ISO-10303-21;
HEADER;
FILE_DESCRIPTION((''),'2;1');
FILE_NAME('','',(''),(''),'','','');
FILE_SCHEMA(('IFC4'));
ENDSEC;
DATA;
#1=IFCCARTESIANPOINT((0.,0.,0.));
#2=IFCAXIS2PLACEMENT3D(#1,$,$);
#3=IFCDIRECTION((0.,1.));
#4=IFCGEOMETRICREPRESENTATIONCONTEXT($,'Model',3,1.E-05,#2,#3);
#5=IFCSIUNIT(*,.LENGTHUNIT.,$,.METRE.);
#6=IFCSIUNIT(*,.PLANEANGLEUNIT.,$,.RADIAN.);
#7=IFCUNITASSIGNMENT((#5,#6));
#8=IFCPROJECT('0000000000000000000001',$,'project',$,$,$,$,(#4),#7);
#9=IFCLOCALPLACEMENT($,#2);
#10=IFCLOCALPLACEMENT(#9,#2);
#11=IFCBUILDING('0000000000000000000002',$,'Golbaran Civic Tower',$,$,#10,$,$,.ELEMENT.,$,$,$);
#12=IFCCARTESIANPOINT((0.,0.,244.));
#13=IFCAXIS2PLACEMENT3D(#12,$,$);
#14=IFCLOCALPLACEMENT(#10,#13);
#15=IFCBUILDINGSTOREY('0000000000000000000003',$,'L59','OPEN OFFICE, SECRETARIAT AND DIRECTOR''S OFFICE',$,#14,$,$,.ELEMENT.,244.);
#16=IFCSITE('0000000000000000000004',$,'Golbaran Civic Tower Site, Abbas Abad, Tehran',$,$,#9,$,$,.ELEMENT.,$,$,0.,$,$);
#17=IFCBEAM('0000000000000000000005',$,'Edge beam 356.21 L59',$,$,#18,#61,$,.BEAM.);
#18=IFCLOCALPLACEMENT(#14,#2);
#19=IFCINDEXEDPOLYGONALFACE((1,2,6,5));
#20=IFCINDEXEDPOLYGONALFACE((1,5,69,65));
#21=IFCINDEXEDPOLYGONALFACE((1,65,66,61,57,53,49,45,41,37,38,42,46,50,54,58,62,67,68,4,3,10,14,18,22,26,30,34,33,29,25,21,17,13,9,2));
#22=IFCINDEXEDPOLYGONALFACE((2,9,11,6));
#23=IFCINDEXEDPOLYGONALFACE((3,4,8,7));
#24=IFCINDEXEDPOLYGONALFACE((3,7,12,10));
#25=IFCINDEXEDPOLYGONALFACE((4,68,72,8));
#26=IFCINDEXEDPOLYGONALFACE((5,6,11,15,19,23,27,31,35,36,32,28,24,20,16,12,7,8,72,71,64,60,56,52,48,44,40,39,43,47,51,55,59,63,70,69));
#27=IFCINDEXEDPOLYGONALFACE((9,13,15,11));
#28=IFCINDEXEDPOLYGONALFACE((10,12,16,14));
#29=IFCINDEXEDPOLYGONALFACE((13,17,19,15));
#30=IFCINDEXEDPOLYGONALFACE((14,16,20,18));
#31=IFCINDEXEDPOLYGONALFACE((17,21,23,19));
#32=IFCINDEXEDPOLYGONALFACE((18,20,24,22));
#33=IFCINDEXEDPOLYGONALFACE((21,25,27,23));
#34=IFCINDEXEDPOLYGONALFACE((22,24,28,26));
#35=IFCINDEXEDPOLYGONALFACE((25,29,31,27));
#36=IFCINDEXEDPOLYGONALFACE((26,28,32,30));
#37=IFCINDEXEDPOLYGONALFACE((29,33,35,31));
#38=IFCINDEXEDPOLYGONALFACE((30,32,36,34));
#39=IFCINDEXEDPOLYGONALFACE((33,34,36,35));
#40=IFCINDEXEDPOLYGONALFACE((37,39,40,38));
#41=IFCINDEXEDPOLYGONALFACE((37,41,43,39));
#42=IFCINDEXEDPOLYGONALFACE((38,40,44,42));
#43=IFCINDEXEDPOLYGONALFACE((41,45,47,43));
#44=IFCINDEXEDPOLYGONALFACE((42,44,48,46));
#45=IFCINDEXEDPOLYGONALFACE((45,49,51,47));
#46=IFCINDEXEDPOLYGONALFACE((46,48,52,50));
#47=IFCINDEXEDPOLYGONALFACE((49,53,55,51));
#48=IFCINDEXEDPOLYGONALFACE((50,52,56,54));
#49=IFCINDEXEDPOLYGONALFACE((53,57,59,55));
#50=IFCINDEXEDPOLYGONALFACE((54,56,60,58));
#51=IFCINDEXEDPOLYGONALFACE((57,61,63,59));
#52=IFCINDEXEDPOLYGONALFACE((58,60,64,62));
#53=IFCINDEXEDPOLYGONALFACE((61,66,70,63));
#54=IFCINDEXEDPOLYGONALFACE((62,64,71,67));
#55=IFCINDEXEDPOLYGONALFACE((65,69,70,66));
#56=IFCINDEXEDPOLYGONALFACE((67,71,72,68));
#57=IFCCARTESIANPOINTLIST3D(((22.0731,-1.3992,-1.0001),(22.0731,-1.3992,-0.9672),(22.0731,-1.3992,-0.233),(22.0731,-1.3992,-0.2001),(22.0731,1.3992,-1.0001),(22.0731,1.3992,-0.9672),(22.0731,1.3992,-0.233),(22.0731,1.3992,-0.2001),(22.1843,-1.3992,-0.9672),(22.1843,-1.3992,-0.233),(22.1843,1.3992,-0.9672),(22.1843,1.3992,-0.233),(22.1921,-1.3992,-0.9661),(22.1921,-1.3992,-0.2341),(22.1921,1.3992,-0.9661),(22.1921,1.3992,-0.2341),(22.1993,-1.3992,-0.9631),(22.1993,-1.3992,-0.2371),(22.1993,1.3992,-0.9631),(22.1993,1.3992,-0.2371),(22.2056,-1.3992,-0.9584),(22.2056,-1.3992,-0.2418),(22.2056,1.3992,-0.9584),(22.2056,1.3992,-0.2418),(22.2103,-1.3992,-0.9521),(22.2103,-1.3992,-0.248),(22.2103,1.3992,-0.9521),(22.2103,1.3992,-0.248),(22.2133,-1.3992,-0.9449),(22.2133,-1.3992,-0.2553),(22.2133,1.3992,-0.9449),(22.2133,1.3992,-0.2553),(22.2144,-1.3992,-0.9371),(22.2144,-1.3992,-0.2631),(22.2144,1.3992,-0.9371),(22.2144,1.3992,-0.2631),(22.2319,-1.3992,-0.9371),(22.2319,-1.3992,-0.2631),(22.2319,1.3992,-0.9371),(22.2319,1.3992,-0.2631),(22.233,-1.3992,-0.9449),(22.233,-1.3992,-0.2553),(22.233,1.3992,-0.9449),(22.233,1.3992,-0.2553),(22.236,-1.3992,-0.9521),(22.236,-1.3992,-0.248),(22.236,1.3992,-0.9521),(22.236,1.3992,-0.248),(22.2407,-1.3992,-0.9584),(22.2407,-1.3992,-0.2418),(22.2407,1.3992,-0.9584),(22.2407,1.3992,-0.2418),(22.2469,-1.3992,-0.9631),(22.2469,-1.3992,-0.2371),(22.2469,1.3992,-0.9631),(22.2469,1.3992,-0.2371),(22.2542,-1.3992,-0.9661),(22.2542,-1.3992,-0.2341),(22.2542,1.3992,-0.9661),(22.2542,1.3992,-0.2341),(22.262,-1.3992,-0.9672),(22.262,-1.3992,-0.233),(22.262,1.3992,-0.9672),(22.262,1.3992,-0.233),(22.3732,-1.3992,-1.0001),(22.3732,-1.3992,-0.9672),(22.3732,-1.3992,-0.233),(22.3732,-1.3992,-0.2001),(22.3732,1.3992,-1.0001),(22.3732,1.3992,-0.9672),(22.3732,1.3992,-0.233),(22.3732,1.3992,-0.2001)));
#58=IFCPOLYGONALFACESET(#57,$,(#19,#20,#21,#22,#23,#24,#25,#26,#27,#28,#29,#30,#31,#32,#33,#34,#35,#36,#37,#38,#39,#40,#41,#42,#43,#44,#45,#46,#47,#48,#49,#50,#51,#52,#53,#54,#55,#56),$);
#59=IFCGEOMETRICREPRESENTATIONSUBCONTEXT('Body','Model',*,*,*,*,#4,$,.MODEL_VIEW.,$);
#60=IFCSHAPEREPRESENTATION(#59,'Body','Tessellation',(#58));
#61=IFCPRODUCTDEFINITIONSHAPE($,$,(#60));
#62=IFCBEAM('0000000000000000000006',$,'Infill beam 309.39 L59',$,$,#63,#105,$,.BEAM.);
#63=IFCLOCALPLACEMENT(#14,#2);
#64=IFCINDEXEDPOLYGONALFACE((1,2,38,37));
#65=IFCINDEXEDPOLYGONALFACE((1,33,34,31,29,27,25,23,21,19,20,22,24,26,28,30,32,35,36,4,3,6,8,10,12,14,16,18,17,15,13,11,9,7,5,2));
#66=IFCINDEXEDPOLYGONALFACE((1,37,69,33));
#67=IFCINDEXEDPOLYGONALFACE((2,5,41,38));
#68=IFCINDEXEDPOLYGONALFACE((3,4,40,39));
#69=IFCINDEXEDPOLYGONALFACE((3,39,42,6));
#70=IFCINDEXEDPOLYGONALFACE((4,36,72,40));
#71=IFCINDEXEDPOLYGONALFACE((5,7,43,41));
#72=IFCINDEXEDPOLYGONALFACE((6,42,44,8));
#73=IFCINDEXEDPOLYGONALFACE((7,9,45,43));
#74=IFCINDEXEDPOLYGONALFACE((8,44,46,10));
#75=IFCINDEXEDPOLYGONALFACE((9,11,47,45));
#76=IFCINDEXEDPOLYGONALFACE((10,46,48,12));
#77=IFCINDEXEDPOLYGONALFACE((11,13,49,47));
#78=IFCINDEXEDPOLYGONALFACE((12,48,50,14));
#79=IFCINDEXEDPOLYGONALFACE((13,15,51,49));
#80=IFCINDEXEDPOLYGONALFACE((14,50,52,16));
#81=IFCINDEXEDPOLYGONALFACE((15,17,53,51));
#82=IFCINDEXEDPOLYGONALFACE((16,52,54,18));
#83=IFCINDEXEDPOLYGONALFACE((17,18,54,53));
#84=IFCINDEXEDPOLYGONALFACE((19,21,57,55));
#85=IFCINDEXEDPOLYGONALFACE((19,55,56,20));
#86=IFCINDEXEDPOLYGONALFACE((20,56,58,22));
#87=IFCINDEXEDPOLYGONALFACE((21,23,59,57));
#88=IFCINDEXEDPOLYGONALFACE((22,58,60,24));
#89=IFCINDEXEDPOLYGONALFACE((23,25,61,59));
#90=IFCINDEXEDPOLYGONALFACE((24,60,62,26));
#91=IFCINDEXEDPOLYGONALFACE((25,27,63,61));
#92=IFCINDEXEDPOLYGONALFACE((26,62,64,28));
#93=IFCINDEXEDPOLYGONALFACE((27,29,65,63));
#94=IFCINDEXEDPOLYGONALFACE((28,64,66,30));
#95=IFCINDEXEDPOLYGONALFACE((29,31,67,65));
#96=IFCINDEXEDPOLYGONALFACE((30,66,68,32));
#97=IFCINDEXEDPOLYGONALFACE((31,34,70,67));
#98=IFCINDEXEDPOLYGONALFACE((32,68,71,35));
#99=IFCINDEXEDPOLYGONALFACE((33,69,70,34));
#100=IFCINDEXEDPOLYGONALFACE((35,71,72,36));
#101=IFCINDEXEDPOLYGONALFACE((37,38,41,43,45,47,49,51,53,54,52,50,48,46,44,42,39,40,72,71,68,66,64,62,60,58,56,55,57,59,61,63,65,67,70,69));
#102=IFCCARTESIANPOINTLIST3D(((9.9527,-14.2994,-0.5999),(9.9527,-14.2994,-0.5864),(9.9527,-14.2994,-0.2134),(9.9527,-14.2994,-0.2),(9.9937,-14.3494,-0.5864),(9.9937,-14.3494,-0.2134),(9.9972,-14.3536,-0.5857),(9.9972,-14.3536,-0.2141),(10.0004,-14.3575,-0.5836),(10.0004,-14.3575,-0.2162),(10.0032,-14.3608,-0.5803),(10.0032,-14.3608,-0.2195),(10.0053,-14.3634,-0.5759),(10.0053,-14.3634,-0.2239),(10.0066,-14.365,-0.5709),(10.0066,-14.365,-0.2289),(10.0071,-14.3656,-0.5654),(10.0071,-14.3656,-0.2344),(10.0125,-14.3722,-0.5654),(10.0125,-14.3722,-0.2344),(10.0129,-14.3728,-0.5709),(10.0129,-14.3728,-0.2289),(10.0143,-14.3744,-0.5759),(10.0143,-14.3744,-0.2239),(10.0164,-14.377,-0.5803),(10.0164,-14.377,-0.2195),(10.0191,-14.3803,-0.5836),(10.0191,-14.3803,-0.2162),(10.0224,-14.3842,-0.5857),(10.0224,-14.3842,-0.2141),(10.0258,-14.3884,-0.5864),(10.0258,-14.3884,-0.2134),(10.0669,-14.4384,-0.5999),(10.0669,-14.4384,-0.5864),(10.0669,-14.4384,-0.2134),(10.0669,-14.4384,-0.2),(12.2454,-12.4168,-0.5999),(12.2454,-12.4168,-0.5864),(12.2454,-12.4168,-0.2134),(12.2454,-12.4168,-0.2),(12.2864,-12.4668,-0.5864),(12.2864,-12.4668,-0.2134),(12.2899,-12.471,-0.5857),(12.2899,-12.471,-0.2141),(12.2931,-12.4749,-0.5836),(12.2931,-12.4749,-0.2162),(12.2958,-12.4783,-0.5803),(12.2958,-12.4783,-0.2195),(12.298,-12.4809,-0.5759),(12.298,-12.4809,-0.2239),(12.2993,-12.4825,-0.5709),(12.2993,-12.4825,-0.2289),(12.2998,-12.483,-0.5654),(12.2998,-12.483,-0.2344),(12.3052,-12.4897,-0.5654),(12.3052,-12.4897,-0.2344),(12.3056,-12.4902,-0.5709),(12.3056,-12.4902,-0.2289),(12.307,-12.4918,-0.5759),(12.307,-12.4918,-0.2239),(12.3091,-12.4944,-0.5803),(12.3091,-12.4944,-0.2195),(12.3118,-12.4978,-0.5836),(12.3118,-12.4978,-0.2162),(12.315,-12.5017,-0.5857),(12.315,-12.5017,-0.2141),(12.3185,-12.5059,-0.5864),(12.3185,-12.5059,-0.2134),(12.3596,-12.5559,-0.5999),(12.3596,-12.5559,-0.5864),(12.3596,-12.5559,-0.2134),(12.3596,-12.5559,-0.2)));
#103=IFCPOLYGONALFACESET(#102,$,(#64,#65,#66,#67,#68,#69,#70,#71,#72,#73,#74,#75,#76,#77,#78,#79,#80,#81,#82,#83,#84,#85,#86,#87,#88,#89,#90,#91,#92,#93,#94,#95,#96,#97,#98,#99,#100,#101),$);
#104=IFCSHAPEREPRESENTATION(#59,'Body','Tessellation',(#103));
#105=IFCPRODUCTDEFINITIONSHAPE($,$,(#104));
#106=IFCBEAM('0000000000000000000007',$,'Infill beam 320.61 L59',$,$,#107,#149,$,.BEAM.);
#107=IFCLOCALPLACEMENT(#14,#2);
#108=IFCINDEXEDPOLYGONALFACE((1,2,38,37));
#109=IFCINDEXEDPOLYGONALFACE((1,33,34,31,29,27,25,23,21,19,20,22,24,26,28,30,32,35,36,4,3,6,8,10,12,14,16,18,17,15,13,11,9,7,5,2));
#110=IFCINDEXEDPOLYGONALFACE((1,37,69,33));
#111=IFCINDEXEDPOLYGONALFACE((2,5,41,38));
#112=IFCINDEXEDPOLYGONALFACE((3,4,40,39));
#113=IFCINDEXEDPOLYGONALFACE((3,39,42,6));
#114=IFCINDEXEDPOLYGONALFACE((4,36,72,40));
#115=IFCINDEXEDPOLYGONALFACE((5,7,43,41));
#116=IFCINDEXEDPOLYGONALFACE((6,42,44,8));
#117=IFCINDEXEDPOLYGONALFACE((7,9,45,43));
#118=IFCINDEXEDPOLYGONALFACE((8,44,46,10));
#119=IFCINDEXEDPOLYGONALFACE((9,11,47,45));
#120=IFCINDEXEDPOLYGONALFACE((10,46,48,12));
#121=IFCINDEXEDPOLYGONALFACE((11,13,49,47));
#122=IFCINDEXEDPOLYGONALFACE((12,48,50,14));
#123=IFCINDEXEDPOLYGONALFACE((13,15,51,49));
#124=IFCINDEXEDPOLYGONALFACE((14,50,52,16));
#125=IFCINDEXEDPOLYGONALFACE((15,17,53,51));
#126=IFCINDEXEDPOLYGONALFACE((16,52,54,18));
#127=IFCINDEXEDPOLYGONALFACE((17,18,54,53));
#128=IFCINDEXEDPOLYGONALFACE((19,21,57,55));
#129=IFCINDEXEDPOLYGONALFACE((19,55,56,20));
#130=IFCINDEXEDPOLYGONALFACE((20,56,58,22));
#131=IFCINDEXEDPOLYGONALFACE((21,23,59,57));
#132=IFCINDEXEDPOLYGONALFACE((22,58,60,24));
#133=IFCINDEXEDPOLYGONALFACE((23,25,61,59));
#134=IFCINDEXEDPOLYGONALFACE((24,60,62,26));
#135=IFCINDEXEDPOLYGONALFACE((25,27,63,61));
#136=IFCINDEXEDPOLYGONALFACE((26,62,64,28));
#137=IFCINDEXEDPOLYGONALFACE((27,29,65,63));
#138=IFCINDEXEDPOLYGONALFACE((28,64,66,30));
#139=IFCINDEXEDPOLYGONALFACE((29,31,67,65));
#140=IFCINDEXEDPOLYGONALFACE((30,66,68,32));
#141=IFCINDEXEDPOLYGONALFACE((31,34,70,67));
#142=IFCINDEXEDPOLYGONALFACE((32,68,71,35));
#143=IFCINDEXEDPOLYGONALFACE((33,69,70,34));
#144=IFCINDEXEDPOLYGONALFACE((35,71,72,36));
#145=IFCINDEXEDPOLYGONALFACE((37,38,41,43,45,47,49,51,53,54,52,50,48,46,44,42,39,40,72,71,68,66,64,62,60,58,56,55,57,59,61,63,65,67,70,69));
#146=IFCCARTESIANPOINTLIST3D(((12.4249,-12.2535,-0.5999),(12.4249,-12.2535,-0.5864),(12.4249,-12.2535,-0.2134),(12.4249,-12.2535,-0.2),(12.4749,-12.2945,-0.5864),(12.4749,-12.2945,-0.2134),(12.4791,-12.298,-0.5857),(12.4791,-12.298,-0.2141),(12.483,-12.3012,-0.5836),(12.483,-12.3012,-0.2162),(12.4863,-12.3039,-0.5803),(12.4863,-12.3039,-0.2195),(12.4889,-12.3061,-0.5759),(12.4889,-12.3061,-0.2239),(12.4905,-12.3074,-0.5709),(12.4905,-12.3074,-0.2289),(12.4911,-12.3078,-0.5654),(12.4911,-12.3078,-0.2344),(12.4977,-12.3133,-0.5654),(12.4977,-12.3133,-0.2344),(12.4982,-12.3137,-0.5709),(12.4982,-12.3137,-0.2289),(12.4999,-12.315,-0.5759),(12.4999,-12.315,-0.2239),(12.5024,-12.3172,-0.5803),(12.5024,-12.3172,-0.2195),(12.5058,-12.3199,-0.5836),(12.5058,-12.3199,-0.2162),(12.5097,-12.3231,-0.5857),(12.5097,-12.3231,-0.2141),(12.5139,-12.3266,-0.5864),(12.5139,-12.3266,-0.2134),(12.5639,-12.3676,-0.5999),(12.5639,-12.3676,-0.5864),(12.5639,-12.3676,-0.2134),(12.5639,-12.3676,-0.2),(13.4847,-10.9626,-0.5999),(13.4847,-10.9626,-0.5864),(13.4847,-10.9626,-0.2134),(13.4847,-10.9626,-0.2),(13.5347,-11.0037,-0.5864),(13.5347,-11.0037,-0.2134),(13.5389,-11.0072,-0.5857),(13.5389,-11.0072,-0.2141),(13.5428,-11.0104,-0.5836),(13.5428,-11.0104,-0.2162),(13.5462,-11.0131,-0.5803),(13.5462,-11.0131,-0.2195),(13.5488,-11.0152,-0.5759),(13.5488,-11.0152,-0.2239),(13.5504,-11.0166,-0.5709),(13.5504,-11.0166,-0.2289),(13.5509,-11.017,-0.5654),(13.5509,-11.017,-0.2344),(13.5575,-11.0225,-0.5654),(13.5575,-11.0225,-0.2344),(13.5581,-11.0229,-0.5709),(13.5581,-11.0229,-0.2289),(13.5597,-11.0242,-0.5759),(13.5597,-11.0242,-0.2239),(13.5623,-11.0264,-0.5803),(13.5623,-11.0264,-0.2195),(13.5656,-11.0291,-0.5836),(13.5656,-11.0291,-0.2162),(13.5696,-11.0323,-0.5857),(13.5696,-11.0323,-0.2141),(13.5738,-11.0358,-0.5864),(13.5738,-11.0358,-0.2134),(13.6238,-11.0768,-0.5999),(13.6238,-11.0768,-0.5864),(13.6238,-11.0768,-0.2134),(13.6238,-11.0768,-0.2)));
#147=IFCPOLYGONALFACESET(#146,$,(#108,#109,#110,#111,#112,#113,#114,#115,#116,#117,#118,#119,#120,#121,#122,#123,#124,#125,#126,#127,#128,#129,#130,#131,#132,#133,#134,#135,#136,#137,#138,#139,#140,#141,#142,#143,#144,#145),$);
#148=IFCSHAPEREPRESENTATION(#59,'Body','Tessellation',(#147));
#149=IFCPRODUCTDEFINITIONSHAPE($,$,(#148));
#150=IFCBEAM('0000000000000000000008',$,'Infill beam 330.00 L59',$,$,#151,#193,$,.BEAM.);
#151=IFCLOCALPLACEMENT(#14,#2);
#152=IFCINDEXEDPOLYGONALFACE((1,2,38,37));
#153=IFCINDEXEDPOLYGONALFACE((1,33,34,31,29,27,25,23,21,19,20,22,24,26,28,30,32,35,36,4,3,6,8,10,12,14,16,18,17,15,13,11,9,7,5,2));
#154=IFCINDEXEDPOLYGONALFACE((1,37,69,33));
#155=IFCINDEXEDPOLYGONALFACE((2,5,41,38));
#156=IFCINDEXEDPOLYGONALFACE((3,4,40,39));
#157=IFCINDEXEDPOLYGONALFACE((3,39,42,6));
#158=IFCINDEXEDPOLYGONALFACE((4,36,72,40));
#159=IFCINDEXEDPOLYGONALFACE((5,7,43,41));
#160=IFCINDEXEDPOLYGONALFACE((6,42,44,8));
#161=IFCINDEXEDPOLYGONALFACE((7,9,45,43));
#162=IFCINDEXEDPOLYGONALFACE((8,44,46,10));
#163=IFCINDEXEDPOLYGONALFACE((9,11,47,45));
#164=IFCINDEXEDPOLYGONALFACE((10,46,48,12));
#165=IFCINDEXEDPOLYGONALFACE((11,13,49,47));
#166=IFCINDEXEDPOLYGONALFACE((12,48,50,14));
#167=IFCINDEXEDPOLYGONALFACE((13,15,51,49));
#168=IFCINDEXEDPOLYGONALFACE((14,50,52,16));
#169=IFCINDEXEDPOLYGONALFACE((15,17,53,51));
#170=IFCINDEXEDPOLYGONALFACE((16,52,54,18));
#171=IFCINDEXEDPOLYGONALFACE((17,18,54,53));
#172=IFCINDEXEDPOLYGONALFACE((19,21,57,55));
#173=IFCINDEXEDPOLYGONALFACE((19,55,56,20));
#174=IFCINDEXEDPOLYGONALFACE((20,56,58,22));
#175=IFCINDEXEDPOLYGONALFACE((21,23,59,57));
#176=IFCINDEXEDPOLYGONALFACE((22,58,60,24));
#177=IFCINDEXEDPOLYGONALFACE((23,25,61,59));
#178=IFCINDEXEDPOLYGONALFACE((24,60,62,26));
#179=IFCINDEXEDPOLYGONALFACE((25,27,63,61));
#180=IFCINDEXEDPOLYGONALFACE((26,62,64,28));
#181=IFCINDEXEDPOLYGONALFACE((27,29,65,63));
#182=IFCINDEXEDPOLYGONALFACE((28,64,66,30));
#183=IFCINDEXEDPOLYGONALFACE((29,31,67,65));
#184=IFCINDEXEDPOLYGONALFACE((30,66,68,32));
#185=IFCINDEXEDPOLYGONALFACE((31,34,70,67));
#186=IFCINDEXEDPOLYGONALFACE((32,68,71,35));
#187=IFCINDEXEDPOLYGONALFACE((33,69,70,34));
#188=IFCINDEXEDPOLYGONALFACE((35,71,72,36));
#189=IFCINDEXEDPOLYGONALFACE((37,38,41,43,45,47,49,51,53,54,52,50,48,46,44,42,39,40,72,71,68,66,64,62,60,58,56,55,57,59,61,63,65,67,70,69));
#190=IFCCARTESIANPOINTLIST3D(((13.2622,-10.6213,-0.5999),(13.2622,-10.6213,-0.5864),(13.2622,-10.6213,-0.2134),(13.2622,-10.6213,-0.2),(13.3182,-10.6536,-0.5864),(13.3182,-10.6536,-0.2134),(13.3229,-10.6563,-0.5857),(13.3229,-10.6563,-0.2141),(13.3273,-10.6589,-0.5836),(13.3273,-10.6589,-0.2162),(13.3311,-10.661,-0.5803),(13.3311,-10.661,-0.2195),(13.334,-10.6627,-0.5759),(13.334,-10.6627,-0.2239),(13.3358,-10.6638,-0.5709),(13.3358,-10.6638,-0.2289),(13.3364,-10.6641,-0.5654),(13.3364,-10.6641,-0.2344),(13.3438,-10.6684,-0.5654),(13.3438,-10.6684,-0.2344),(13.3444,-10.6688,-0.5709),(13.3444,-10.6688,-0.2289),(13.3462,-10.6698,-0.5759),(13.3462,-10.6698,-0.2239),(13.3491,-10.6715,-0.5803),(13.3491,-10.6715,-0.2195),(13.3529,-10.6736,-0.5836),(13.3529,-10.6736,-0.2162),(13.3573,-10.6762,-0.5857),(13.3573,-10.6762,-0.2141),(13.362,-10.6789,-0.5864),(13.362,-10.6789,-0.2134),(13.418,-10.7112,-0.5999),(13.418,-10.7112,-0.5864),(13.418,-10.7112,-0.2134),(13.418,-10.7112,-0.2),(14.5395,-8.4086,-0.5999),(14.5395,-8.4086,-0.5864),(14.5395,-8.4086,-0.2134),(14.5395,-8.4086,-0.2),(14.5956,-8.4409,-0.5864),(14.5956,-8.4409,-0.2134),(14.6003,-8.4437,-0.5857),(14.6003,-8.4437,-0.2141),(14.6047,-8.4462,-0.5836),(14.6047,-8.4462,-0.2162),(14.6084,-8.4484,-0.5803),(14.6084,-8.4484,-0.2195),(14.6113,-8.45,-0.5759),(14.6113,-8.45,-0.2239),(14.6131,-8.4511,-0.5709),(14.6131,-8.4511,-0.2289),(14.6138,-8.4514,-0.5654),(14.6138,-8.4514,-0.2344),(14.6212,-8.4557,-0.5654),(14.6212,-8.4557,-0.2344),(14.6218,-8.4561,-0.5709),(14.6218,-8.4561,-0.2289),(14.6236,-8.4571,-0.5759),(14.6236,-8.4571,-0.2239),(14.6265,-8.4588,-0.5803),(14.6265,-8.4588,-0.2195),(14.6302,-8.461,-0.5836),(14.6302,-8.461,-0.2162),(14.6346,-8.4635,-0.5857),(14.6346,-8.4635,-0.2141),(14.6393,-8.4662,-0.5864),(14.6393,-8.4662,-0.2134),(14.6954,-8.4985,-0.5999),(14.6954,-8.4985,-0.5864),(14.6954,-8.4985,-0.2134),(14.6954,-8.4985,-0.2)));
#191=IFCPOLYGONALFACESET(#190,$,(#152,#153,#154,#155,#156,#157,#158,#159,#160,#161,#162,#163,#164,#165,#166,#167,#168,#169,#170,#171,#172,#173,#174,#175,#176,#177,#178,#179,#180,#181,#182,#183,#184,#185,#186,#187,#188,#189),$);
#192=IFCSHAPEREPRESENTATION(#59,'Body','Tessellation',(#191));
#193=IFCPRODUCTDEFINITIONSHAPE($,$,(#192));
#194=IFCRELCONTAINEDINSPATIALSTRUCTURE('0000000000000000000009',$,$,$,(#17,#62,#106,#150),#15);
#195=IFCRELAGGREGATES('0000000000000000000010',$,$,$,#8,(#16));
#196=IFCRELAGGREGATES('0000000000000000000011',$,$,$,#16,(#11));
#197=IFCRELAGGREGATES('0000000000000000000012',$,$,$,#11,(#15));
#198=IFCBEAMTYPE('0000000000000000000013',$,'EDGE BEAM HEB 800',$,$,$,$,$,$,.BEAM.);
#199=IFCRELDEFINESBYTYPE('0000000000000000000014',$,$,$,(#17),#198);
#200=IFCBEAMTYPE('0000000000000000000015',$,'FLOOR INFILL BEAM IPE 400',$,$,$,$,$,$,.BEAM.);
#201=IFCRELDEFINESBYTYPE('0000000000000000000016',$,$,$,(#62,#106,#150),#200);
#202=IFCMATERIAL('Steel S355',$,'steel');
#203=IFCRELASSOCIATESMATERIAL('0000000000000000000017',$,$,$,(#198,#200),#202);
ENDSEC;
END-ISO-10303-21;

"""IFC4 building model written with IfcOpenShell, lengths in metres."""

from ifc_helpers import new_model, si_unit, direction, frame, origin, origin_2d, place, context, subcontext, project, spatial, i_section, extrude, material, material_profile, profile_set, type_object, element, save


model = new_model("IFC4")

# Units and contexts
model_context = context("Model", 3, precision=1e-05, world=origin(), true_north=direction((0.0, 1.0)))
body_context = subcontext(model_context, "Body", "Model", "MODEL_VIEW")
ifc_project = project(units=[si_unit("LENGTHUNIT", "METRE"), si_unit("PLANEANGLEUNIT", "RADIAN")], contexts=[model_context])

# Site, building, storey
site_placement = place(None, origin())
site = spatial("IfcSite", under=ifc_project, at=site_placement, Name="Golbaran Civic Tower Site, Abbas Abad, Tehran", CompositionType="ELEMENT", RefElevation=0.0)
building_placement = place(site_placement, origin())
building = spatial("IfcBuilding", under=site, at=building_placement, Name="Golbaran Civic Tower", CompositionType="ELEMENT")
storey_placement = place(building_placement, frame((0.0, 0.0, 244.0)))
storey = spatial("IfcBuildingStorey", under=building, at=storey_placement, Name="L59", Description="OPEN OFFICE, SECRETARIAT AND DIRECTOR'S OFFICE", CompositionType="ELEMENT", Elevation=244.0)

# Beams
ifc_material_1 = material(Name="Steel S355", Category="steel")
ifc_material_profile_1 = material_profile(ifc_material_1, i_section(OverallWidth=0.3, OverallDepth=0.8, WebThickness=0.0176, FlangeThickness=0.033, FilletRadius=0.03, at=origin_2d()), Name="HEB 800")
ifc_profile_set_1 = profile_set([ifc_material_profile_1], Name="Steel S355")
beam_type_1 = type_object("IfcBeamType", Name="EDGE BEAM HEB 800", PredefinedType="BEAM", material=ifc_profile_set_1)
beam_1_placement = place(storey_placement, frame((22.2231, -1.3992, -0.6001), z_axis=(0.0, 1.0, 0.0), x_axis=(-1.0, 0.0, 0.0)))
element("IfcBeam", 1, at=beam_1_placement, inside=storey, type_object=beam_type_1, Name="Edge beam 356.21 L59", PredefinedType="BEAM", context=body_context, shape_type="SweptSolid", body=[
    extrude(i_section(OverallWidth=0.3, OverallDepth=0.8, WebThickness=0.0176, FlangeThickness=0.033, FilletRadius=0.03, at=origin_2d()), origin(), (0.0, 0.0, 1.0), 2.7983),
])
ifc_material_profile_2 = material_profile(ifc_material_1, i_section(OverallWidth=0.1799, OverallDepth=0.3999, WebThickness=0.0085, FlangeThickness=0.0134, FilletRadius=0.021, at=origin_2d()), Name="IPE 400")
ifc_profile_set_2 = profile_set([ifc_material_profile_2], Name="Steel S355")
beam_type_2 = type_object("IfcBeamType", Name="FLOOR INFILL BEAM IPE 400", PredefinedType="BEAM", material=ifc_profile_set_2)
beam_2_placement = place(storey_placement, frame((10.0098, -14.3689, -0.3999), z_axis=(0.772849, 0.63459, 0.0), x_axis=(-0.63459, 0.772849, 0.0)))
element("IfcBeam", 2, at=beam_2_placement, inside=storey, type_object=beam_type_2, Name="Infill beam 309.39 L59", PredefinedType="BEAM", context=body_context, shape_type="SweptSolid", body=[
    extrude(i_section(OverallWidth=0.1799, OverallDepth=0.3999, WebThickness=0.0085, FlangeThickness=0.0134, FilletRadius=0.021, at=origin_2d()), origin(), (0.0, 0.0, 1.0), 2.9666),
])
beam_3_placement = place(storey_placement, frame((12.4944, -12.3105, -0.3999), z_axis=(0.634574, 0.772862, 0.0), x_axis=(-0.772862, 0.634574, 0.0)))
element("IfcBeam", 3, at=beam_3_placement, inside=storey, type_object=beam_type_2, Name="Infill beam 320.61 L59", PredefinedType="BEAM", context=body_context, shape_type="SweptSolid", body=[
    extrude(i_section(OverallWidth=0.1799, OverallDepth=0.3999, WebThickness=0.0085, FlangeThickness=0.0134, FilletRadius=0.021, at=origin_2d()), origin(), (0.0, 0.0, 1.0), 1.6702),
])
beam_4_placement = place(storey_placement, frame((13.3401, -10.6663, -0.3999), z_axis=(0.499962, 0.866047, 0.0), x_axis=(-0.866047, 0.499962, 0.0)))
element("IfcBeam", 4, at=beam_4_placement, inside=storey, type_object=beam_type_2, Name="Infill beam 330.00 L59", PredefinedType="BEAM", context=body_context, shape_type="SweptSolid", body=[
    extrude(i_section(OverallWidth=0.1799, OverallDepth=0.3999, WebThickness=0.0085, FlangeThickness=0.0134, FilletRadius=0.021, at=origin_2d()), origin(), (0.0, 0.0, 1.0), 2.5549),
])

save(model, "model.ifc")
